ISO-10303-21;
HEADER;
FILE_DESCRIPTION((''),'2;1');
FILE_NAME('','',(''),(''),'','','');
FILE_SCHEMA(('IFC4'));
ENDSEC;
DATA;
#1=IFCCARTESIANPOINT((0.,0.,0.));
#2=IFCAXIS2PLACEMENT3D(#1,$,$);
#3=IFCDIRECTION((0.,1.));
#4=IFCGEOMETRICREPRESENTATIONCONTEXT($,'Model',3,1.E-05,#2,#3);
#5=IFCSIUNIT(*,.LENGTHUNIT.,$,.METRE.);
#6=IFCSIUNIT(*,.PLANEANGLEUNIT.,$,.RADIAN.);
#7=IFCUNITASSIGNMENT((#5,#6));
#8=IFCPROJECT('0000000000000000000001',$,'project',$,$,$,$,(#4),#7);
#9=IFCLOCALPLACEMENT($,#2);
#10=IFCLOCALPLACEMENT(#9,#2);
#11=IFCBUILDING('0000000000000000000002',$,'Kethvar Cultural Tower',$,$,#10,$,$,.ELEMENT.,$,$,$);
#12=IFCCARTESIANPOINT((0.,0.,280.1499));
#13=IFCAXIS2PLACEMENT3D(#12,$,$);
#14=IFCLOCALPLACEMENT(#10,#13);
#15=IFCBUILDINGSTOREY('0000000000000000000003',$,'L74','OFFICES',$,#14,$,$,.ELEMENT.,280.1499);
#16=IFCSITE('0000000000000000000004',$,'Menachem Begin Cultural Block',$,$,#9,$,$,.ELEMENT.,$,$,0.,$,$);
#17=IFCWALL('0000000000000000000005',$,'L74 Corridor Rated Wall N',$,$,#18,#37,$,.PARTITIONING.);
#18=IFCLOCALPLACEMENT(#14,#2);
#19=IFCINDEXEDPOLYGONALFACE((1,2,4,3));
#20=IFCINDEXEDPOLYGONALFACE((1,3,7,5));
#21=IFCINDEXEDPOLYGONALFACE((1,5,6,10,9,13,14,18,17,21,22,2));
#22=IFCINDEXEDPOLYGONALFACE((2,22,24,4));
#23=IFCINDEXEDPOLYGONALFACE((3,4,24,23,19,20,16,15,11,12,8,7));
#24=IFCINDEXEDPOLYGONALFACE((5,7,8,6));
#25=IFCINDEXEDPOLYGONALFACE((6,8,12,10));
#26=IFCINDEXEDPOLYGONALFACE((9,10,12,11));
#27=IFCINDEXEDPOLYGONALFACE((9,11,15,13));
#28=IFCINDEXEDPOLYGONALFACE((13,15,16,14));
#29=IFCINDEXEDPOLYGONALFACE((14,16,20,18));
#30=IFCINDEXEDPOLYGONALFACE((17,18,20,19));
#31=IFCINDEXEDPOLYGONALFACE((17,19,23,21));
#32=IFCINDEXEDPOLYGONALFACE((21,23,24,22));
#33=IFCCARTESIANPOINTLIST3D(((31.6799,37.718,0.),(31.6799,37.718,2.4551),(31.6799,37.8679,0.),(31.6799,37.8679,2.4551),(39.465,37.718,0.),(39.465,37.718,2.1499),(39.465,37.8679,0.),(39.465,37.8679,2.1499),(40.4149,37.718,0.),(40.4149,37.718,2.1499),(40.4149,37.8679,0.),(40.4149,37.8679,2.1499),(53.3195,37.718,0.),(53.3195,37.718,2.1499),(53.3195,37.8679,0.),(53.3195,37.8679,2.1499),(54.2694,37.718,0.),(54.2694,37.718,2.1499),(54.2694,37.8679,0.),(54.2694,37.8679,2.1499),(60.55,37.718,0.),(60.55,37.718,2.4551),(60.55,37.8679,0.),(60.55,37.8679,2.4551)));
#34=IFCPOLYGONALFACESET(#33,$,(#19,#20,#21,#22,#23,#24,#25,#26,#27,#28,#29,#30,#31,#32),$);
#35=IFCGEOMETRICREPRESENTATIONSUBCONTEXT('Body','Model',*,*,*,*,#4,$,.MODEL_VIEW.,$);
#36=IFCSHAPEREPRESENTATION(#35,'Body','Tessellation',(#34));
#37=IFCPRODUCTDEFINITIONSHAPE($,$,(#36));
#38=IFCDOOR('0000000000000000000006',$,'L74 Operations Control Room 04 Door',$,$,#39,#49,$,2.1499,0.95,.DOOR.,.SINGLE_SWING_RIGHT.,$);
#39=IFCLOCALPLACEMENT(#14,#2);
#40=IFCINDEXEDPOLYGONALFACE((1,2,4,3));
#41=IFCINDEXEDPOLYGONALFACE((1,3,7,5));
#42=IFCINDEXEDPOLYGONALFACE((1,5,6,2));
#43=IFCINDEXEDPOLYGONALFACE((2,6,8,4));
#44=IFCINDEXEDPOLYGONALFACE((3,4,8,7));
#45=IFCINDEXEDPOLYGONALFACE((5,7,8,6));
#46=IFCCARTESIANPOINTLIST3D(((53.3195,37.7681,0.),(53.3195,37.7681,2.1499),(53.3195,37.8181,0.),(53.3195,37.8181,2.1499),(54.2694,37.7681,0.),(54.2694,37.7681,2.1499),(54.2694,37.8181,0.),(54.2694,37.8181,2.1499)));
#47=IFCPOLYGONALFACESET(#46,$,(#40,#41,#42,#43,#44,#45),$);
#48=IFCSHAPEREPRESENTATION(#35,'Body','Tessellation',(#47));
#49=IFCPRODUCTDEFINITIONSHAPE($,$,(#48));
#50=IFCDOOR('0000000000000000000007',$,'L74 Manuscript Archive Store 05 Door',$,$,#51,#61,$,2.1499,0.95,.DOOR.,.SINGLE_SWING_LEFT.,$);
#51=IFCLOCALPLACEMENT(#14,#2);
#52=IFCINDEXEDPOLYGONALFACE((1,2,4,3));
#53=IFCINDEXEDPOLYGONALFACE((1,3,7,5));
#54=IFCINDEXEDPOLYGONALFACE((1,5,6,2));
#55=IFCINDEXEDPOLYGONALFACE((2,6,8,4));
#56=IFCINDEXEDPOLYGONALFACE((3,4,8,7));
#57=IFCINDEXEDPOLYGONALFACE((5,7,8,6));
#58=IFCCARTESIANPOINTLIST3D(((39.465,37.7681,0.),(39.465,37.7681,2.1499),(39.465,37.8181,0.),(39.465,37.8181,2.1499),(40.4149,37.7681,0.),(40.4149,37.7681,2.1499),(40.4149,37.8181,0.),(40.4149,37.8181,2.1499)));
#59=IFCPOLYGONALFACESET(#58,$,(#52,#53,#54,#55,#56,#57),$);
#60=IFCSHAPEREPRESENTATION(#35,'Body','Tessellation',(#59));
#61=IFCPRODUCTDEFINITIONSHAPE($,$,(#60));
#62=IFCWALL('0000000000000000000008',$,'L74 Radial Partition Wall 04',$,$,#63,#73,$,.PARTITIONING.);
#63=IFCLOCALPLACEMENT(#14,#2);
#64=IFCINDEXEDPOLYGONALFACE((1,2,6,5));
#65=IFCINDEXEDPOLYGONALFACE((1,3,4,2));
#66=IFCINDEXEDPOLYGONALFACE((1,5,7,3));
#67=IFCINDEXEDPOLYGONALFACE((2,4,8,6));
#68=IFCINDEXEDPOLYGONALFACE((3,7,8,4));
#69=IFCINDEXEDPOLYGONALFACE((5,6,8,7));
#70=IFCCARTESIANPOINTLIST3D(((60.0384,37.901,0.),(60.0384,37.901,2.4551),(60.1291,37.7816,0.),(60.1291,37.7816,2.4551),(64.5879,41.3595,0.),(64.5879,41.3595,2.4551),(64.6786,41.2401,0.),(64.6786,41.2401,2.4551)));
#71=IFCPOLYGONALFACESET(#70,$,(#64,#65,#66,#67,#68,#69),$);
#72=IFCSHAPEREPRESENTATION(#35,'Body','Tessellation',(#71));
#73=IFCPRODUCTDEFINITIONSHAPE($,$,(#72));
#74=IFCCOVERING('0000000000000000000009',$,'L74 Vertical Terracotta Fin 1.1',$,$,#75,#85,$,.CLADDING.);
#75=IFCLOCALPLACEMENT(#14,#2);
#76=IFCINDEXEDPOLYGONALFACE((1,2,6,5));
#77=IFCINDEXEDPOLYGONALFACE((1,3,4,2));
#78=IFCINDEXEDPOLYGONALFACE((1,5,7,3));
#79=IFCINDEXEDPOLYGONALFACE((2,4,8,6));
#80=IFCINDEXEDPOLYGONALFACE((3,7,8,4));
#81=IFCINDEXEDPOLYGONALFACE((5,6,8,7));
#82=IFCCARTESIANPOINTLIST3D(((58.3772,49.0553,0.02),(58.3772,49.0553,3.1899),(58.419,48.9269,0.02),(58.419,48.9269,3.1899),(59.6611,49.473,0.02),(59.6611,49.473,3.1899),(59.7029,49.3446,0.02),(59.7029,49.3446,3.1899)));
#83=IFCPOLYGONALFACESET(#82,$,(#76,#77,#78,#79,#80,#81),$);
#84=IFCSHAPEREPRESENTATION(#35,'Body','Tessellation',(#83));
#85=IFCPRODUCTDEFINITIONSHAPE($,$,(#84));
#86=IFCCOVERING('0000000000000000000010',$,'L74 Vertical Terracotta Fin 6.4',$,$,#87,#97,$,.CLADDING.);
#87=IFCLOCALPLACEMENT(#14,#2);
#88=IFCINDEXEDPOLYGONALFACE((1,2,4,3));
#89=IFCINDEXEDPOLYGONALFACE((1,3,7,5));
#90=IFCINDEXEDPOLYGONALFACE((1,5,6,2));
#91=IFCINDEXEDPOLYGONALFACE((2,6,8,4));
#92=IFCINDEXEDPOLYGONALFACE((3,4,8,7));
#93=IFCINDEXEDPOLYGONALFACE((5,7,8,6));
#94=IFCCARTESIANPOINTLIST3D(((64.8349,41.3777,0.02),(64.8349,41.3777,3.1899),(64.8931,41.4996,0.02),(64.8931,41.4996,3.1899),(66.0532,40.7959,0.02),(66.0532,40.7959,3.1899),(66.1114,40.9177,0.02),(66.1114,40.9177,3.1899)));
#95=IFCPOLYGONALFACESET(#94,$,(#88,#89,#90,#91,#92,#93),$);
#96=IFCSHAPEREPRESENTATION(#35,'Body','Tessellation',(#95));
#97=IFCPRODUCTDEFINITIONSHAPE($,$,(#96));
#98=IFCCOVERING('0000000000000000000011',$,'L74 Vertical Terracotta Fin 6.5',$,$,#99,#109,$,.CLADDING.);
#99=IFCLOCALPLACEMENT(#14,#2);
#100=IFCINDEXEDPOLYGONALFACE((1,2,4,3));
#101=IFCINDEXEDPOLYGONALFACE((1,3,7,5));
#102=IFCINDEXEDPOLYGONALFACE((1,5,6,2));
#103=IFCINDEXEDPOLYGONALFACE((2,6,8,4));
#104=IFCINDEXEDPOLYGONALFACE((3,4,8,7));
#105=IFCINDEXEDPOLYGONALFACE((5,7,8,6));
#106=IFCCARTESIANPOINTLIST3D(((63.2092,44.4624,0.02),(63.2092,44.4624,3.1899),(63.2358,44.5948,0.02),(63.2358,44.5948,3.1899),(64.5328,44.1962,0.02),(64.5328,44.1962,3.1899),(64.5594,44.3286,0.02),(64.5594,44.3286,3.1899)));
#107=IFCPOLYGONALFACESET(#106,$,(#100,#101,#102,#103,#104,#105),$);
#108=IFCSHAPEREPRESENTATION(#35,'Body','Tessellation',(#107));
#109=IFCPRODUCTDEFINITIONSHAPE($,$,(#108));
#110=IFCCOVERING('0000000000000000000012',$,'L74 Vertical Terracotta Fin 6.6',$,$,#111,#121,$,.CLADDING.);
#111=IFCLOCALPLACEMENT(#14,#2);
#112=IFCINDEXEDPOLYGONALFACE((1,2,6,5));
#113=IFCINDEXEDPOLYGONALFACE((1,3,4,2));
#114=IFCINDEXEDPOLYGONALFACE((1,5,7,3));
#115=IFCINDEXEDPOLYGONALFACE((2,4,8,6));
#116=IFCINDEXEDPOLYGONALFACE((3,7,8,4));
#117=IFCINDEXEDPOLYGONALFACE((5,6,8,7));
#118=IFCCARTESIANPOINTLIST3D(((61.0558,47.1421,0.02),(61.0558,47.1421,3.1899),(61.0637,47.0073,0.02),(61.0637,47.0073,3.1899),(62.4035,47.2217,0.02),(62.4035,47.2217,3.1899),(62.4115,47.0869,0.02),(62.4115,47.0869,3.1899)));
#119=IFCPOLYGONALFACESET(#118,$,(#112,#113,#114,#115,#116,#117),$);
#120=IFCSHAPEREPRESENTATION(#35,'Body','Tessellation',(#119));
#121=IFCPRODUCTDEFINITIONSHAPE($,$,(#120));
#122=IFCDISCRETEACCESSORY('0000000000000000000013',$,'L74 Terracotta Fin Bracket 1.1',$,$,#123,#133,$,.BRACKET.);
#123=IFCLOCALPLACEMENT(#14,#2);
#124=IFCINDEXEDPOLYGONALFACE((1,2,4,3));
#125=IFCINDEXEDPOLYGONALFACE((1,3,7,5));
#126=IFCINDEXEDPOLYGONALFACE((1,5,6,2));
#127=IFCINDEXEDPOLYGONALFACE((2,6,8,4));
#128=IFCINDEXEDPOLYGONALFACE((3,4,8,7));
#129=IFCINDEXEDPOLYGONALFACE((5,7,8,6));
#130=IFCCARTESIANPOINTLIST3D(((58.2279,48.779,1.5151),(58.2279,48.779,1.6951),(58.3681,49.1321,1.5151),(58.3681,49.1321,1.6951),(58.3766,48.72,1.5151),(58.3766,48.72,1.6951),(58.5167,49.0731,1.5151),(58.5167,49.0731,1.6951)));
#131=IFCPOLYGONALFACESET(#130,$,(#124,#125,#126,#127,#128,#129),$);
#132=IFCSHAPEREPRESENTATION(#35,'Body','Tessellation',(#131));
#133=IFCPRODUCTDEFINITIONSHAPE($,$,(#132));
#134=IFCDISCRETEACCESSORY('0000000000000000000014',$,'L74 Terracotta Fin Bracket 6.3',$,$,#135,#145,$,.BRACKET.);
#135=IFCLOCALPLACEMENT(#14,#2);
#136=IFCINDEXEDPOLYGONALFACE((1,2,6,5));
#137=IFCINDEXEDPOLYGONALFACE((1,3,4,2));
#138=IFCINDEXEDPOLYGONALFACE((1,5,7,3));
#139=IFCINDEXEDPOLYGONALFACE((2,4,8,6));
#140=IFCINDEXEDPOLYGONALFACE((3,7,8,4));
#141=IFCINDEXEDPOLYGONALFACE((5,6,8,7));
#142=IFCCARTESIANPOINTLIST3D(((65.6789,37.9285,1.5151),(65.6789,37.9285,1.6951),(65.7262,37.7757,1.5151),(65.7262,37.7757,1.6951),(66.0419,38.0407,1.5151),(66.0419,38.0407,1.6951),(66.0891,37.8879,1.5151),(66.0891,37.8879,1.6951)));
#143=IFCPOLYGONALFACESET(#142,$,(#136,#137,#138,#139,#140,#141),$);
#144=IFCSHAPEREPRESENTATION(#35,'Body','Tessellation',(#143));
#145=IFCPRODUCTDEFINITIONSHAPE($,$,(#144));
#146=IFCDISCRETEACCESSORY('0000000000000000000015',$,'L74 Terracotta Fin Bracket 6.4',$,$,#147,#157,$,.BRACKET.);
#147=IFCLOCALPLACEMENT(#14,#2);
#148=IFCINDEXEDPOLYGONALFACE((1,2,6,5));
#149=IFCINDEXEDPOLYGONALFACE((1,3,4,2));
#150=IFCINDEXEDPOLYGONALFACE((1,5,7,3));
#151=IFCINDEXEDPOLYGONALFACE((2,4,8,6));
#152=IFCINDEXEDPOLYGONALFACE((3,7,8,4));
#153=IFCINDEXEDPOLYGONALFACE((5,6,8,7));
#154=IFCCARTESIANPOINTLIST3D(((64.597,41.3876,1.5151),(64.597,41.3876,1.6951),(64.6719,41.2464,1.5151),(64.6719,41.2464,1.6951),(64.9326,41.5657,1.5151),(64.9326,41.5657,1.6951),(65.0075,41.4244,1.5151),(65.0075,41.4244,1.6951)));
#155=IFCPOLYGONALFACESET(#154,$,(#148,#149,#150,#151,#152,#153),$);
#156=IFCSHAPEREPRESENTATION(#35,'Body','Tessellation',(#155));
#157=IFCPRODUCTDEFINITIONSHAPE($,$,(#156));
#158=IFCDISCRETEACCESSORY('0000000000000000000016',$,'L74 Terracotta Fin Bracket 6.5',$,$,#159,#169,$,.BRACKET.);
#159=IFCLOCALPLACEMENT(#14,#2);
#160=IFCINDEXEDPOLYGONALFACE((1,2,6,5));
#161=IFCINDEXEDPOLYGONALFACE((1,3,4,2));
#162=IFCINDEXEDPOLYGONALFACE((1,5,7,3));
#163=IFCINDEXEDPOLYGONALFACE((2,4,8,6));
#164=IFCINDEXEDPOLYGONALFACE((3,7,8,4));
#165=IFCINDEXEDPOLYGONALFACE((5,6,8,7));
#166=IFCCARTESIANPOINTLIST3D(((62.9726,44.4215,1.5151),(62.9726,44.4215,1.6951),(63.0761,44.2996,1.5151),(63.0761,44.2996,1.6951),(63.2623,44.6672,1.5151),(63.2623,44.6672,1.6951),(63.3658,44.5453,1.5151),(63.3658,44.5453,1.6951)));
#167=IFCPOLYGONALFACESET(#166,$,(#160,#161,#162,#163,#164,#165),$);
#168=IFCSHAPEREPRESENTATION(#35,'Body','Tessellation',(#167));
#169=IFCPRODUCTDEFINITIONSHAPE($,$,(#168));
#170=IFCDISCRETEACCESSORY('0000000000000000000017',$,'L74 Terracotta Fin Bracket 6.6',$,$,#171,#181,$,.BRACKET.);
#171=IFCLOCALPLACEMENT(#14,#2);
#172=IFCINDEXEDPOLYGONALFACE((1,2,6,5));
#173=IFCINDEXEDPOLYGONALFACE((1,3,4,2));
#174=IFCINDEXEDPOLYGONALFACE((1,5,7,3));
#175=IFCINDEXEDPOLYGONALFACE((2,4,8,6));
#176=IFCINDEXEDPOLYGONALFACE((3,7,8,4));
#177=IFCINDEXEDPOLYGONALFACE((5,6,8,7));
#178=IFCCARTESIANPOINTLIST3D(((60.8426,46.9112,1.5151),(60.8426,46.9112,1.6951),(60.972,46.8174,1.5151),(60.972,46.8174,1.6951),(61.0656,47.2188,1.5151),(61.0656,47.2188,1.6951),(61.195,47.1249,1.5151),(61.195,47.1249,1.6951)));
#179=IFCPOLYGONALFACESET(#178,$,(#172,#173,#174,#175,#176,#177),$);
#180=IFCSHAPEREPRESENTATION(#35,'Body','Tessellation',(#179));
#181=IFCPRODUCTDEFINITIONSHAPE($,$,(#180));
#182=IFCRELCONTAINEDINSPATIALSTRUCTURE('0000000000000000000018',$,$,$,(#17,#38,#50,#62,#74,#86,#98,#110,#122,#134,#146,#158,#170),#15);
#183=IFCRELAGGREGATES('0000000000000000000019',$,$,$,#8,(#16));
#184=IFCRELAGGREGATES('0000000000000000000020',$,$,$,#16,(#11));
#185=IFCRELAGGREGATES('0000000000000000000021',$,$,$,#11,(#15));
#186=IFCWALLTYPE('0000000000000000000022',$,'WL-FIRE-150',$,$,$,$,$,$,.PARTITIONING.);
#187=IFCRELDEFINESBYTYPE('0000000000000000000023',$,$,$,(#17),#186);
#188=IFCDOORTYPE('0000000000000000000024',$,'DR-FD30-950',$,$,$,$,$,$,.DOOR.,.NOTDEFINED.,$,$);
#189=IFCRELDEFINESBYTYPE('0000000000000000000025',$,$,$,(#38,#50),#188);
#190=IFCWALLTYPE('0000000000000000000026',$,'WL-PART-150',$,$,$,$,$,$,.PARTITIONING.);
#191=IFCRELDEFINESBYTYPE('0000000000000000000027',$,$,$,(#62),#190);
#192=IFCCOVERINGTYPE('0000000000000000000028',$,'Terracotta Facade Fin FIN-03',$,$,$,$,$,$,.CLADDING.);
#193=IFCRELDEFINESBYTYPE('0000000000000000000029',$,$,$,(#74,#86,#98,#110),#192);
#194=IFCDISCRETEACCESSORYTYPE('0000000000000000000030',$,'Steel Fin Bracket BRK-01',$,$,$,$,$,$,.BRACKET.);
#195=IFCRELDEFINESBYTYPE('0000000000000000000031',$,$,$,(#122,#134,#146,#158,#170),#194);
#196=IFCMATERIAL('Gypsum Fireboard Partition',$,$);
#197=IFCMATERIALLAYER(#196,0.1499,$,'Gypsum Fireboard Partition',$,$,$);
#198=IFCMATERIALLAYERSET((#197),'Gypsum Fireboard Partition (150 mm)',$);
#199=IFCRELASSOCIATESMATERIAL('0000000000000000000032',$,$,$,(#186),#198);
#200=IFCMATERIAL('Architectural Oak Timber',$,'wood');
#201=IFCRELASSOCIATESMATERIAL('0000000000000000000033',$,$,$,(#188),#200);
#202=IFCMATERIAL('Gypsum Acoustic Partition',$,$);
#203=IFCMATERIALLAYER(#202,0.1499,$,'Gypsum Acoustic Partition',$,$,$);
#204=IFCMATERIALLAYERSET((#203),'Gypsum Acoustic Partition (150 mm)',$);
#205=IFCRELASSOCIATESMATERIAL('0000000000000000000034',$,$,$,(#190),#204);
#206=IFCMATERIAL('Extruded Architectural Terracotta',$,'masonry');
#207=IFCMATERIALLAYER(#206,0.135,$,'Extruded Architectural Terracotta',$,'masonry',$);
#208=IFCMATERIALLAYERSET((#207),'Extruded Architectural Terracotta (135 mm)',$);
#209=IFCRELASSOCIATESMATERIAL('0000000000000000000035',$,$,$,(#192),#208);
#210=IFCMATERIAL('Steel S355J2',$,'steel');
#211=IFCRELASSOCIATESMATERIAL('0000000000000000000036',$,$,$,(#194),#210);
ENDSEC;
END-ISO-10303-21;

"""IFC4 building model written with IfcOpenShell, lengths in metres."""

from ifc_helpers import new_model, si_unit, direction, frame, frame_2d, origin, origin_2d, place, context, subcontext, project, spatial, rectangle, extrude, source, transform, mapped, material, layer, layer_set, type_object, element, fill, save


model = new_model("IFC4")

# Units and contexts
model_context = context("Model", 3, precision=1e-05, world=origin(), true_north=direction((0.0, 1.0)))
body_context = subcontext(model_context, "Body", "Model", "MODEL_VIEW")
ifc_project = project(units=[si_unit("LENGTHUNIT", "METRE"), si_unit("PLANEANGLEUNIT", "RADIAN")], contexts=[model_context])

# Site, building, storey
site_placement = place(None, origin())
site = spatial("IfcSite", under=ifc_project, at=site_placement, Name="Menachem Begin Cultural Block", CompositionType="ELEMENT", RefElevation=0.0)
building_placement = place(site_placement, origin())
building = spatial("IfcBuilding", under=site, at=building_placement, Name="Kethvar Cultural Tower", CompositionType="ELEMENT")
storey_placement = place(building_placement, frame((0.0, 0.0, 280.1499)))
storey = spatial("IfcBuildingStorey", under=building, at=storey_placement, Name="L74", Description="OFFICES", CompositionType="ELEMENT", Elevation=280.1499)

# Shared definitions
ifc_material_1 = material(Name="Steel S355J2", Category="steel")

# Wall, openings, doors
ifc_material_2 = material(Name="Gypsum Fireboard Partition")
ifc_layer_1 = layer(ifc_material_2, 0.1499, Name="Gypsum Fireboard Partition")
ifc_layer_set_1 = layer_set([ifc_layer_1], Name="Gypsum Fireboard Partition (150 mm)")
wall_type_1 = type_object("IfcWallType", Name="WL-FIRE-150", PredefinedType="PARTITIONING", material=ifc_layer_set_1)
wall_1_placement = place(storey_placement, frame((60.55, 37.793, 0.0), z_axis=(0.0, 0.0, 1.0), x_axis=(-1.0, 0.0, 0.0)))
wall_1 = element("IfcWall", 1, at=wall_1_placement, inside=storey, type_object=wall_type_1, Name="L74 Corridor Rated Wall N", PredefinedType="PARTITIONING", context=body_context, shape_type="SweptSolid", body=[
    extrude(rectangle(XDim=28.8701, YDim=0.1499, at=frame_2d((14.4351, 0.0))), origin(), (0.0, 0.0, 1.0), 2.4551),
])
opening_1_placement = place(wall_1_placement, frame((6.2805, 0.0, 0.0)))
opening_1 = element("IfcOpeningElement", 2, at=opening_1_placement, cuts=wall_1, PredefinedType="OPENING", context=body_context, shape_type="SweptSolid", body=[
    extrude(rectangle(XDim=0.95, YDim=2.1499, at=frame_2d((0.4751, 1.075))), frame((0.0, 0.085, 0.0), z_axis=(0.0, -1.0, 0.0), x_axis=(1.0, 0.0, 0.0)), (0.0, 0.0, 1.0), 0.1699),
])
opening_2_placement = place(wall_1_placement, frame((20.135, 0.0, 0.0)))
opening_2 = element("IfcOpeningElement", 3, at=opening_2_placement, cuts=wall_1, PredefinedType="OPENING", context=body_context, shape_type="SweptSolid", body=[
    extrude(rectangle(XDim=0.95, YDim=2.1499, at=frame_2d((0.4751, 1.075))), frame((0.0, 0.085, 0.0), z_axis=(0.0, -1.0, 0.0), x_axis=(1.0, 0.0, 0.0)), (0.0, 0.0, 1.0), 0.1699),
])
ifc_material_3 = material(Name="Architectural Oak Timber", Category="wood")
door_type = type_object("IfcDoorType", Name="DR-FD30-950", OperationType="NOTDEFINED", PredefinedType="DOOR", material=ifc_material_3)
shared_shape_1 = source(origin(), body_context, "Body", "SweptSolid", [
    extrude(rectangle(XDim=0.95, YDim=2.1499, at=frame_2d((0.4751, 1.075))), frame((0.0, 0.0249, 0.0), z_axis=(0.0, -1.0, 0.0), x_axis=(1.0, 0.0, 0.0)), (0.0, 0.0, 1.0), 0.05),
])
door_1_placement = place(opening_1_placement, origin())
door_1 = element("IfcDoor", 4, at=door_1_placement, inside=storey, type_object=door_type, Name="L74 Operations Control Room 04 Door", OperationType="SINGLE_SWING_RIGHT", OverallHeight=2.1499, OverallWidth=0.95, PredefinedType="DOOR", context=body_context, shape_type="MappedRepresentation", body=[
    mapped(shared_shape_1, transform((0.0, 0.0, 0.0), scale=1.0)),
])
fill(opening_1, door_1)
door_2_placement = place(opening_2_placement, origin())
door_2 = element("IfcDoor", 5, at=door_2_placement, inside=storey, type_object=door_type, Name="L74 Manuscript Archive Store 05 Door", OperationType="SINGLE_SWING_LEFT", OverallHeight=2.1499, OverallWidth=0.95, PredefinedType="DOOR", context=body_context, shape_type="MappedRepresentation", body=[
    mapped(shared_shape_1, transform((0.0, 0.0, 0.0), scale=1.0)),
])
fill(opening_2, door_2)

# Wall
ifc_material_4 = material(Name="Gypsum Acoustic Partition")
ifc_layer_2 = layer(ifc_material_4, 0.1499, Name="Gypsum Acoustic Partition")
ifc_layer_set_2 = layer_set([ifc_layer_2], Name="Gypsum Acoustic Partition (150 mm)")
wall_type_2 = type_object("IfcWallType", Name="WL-PART-150", PredefinedType="PARTITIONING", material=ifc_layer_set_2)
wall_2_placement = place(storey_placement, frame((60.0837, 37.8413, 0.0), z_axis=(0.0, 0.0, 1.0), x_axis=(0.796092, 0.605175, 0.0)))
element("IfcWall", 6, at=wall_2_placement, inside=storey, type_object=wall_type_2, Name="L74 Radial Partition Wall 04", PredefinedType="PARTITIONING", context=body_context, shape_type="SweptSolid", body=[
    extrude(rectangle(XDim=5.7148, YDim=0.1499, at=frame_2d((2.8574, 0.0))), origin(), (0.0, 0.0, 1.0), 2.4551),
])

# Coverings
ifc_material_5 = material(Name="Extruded Architectural Terracotta", Category="masonry")
ifc_layer_3 = layer(ifc_material_5, 0.135, Name="Extruded Architectural Terracotta", Category="masonry")
ifc_layer_set_3 = layer_set([ifc_layer_3], Name="Extruded Architectural Terracotta (135 mm)")
covering_type = type_object("IfcCoveringType", Name="Terracotta Facade Fin FIN-03", PredefinedType="CLADDING", material=ifc_layer_set_3)
shared_shape_2 = source(origin(), body_context, "Body", "SweptSolid", [
    extrude(rectangle(XDim=1.3501, YDim=0.135, at=origin_2d()), origin(), (0.0, 0.0, 1.0), 3.1699),
])
for number, where, z_axis, x_axis, name in (
    (7, (59.04, 49.2, 0.02), (0.0, 0.0, 1.0), (0.950949, 0.309349, 0.0), "L74 Vertical Terracotta Fin 1.1"),
    (8, (65.4731, 41.1477, 0.02), (0.0, 0.0, 1.0), (0.90236, -0.430984, 0.0), "L74 Vertical Terracotta Fin 6.4"),
    (9, (63.8843, 44.3955, 0.02), (0.0, 0.0, 1.0), (0.980375, -0.197144, 0.0), "L74 Vertical Terracotta Fin 6.5"),
    (10, (61.7336, 47.1145, 0.02), (0.0, 0.0, 1.0), (0.99826, 0.058958, 0.0), "L74 Vertical Terracotta Fin 6.6"),
):
    element("IfcCovering", number, at=place(storey_placement, frame(where, z_axis=z_axis, x_axis=x_axis)), inside=storey, type_object=covering_type, Name=name, PredefinedType="CLADDING", context=body_context, shape_type="MappedRepresentation", body=[
        mapped(shared_shape_2, transform((0.0, 0.0, 0.0), scale=1.0)),
    ])

# Discrete accessories
discrete_accessory_type = type_object("IfcDiscreteAccessoryType", Name="Steel Fin Bracket BRK-01", PredefinedType="BRACKET", material=ifc_material_1)
shared_shape_3 = source(origin(), body_context, "Body", "SweptSolid", [
    extrude(rectangle(XDim=0.3799, YDim=0.1599, at=origin_2d()), origin(), (0.0, 0.0, 1.0), 0.1799),
])
for number, where, z_axis, x_axis, name in (
    (11, (58.3723, 48.926, 1.5151), (0.0, 0.0, 1.0), (0.368936, 0.929455, 0.0), "L74 Terracotta Fin Bracket 1.1"),
    (12, (65.884, 37.9082, 1.5151), (0.0, 0.0, 1.0), (0.955382, 0.295375, 0.0), "L74 Terracotta Fin Bracket 6.3"),
    (13, (64.8022, 41.406, 1.5151), (0.0, 0.0, 1.0), (0.883357, 0.468701, 0.0), "L74 Terracotta Fin Bracket 6.4"),
    (14, (63.1692, 44.4834, 1.5151), (0.0, 0.0, 1.0), (0.762555, 0.646923, 0.0), "L74 Terracotta Fin Bracket 6.5"),
    (15, (61.0188, 47.0181, 1.5151), (0.0, 0.0, 1.0), (0.587079, 0.80953, 0.0), "L74 Terracotta Fin Bracket 6.6"),
):
    element("IfcDiscreteAccessory", number, at=place(storey_placement, frame(where, z_axis=z_axis, x_axis=x_axis)), inside=storey, type_object=discrete_accessory_type, Name=name, PredefinedType="BRACKET", context=body_context, shape_type="MappedRepresentation", body=[
        mapped(shared_shape_3, transform((0.0, 0.0, 0.0), scale=1.0)),
    ])

save(model, "model.ifc")
